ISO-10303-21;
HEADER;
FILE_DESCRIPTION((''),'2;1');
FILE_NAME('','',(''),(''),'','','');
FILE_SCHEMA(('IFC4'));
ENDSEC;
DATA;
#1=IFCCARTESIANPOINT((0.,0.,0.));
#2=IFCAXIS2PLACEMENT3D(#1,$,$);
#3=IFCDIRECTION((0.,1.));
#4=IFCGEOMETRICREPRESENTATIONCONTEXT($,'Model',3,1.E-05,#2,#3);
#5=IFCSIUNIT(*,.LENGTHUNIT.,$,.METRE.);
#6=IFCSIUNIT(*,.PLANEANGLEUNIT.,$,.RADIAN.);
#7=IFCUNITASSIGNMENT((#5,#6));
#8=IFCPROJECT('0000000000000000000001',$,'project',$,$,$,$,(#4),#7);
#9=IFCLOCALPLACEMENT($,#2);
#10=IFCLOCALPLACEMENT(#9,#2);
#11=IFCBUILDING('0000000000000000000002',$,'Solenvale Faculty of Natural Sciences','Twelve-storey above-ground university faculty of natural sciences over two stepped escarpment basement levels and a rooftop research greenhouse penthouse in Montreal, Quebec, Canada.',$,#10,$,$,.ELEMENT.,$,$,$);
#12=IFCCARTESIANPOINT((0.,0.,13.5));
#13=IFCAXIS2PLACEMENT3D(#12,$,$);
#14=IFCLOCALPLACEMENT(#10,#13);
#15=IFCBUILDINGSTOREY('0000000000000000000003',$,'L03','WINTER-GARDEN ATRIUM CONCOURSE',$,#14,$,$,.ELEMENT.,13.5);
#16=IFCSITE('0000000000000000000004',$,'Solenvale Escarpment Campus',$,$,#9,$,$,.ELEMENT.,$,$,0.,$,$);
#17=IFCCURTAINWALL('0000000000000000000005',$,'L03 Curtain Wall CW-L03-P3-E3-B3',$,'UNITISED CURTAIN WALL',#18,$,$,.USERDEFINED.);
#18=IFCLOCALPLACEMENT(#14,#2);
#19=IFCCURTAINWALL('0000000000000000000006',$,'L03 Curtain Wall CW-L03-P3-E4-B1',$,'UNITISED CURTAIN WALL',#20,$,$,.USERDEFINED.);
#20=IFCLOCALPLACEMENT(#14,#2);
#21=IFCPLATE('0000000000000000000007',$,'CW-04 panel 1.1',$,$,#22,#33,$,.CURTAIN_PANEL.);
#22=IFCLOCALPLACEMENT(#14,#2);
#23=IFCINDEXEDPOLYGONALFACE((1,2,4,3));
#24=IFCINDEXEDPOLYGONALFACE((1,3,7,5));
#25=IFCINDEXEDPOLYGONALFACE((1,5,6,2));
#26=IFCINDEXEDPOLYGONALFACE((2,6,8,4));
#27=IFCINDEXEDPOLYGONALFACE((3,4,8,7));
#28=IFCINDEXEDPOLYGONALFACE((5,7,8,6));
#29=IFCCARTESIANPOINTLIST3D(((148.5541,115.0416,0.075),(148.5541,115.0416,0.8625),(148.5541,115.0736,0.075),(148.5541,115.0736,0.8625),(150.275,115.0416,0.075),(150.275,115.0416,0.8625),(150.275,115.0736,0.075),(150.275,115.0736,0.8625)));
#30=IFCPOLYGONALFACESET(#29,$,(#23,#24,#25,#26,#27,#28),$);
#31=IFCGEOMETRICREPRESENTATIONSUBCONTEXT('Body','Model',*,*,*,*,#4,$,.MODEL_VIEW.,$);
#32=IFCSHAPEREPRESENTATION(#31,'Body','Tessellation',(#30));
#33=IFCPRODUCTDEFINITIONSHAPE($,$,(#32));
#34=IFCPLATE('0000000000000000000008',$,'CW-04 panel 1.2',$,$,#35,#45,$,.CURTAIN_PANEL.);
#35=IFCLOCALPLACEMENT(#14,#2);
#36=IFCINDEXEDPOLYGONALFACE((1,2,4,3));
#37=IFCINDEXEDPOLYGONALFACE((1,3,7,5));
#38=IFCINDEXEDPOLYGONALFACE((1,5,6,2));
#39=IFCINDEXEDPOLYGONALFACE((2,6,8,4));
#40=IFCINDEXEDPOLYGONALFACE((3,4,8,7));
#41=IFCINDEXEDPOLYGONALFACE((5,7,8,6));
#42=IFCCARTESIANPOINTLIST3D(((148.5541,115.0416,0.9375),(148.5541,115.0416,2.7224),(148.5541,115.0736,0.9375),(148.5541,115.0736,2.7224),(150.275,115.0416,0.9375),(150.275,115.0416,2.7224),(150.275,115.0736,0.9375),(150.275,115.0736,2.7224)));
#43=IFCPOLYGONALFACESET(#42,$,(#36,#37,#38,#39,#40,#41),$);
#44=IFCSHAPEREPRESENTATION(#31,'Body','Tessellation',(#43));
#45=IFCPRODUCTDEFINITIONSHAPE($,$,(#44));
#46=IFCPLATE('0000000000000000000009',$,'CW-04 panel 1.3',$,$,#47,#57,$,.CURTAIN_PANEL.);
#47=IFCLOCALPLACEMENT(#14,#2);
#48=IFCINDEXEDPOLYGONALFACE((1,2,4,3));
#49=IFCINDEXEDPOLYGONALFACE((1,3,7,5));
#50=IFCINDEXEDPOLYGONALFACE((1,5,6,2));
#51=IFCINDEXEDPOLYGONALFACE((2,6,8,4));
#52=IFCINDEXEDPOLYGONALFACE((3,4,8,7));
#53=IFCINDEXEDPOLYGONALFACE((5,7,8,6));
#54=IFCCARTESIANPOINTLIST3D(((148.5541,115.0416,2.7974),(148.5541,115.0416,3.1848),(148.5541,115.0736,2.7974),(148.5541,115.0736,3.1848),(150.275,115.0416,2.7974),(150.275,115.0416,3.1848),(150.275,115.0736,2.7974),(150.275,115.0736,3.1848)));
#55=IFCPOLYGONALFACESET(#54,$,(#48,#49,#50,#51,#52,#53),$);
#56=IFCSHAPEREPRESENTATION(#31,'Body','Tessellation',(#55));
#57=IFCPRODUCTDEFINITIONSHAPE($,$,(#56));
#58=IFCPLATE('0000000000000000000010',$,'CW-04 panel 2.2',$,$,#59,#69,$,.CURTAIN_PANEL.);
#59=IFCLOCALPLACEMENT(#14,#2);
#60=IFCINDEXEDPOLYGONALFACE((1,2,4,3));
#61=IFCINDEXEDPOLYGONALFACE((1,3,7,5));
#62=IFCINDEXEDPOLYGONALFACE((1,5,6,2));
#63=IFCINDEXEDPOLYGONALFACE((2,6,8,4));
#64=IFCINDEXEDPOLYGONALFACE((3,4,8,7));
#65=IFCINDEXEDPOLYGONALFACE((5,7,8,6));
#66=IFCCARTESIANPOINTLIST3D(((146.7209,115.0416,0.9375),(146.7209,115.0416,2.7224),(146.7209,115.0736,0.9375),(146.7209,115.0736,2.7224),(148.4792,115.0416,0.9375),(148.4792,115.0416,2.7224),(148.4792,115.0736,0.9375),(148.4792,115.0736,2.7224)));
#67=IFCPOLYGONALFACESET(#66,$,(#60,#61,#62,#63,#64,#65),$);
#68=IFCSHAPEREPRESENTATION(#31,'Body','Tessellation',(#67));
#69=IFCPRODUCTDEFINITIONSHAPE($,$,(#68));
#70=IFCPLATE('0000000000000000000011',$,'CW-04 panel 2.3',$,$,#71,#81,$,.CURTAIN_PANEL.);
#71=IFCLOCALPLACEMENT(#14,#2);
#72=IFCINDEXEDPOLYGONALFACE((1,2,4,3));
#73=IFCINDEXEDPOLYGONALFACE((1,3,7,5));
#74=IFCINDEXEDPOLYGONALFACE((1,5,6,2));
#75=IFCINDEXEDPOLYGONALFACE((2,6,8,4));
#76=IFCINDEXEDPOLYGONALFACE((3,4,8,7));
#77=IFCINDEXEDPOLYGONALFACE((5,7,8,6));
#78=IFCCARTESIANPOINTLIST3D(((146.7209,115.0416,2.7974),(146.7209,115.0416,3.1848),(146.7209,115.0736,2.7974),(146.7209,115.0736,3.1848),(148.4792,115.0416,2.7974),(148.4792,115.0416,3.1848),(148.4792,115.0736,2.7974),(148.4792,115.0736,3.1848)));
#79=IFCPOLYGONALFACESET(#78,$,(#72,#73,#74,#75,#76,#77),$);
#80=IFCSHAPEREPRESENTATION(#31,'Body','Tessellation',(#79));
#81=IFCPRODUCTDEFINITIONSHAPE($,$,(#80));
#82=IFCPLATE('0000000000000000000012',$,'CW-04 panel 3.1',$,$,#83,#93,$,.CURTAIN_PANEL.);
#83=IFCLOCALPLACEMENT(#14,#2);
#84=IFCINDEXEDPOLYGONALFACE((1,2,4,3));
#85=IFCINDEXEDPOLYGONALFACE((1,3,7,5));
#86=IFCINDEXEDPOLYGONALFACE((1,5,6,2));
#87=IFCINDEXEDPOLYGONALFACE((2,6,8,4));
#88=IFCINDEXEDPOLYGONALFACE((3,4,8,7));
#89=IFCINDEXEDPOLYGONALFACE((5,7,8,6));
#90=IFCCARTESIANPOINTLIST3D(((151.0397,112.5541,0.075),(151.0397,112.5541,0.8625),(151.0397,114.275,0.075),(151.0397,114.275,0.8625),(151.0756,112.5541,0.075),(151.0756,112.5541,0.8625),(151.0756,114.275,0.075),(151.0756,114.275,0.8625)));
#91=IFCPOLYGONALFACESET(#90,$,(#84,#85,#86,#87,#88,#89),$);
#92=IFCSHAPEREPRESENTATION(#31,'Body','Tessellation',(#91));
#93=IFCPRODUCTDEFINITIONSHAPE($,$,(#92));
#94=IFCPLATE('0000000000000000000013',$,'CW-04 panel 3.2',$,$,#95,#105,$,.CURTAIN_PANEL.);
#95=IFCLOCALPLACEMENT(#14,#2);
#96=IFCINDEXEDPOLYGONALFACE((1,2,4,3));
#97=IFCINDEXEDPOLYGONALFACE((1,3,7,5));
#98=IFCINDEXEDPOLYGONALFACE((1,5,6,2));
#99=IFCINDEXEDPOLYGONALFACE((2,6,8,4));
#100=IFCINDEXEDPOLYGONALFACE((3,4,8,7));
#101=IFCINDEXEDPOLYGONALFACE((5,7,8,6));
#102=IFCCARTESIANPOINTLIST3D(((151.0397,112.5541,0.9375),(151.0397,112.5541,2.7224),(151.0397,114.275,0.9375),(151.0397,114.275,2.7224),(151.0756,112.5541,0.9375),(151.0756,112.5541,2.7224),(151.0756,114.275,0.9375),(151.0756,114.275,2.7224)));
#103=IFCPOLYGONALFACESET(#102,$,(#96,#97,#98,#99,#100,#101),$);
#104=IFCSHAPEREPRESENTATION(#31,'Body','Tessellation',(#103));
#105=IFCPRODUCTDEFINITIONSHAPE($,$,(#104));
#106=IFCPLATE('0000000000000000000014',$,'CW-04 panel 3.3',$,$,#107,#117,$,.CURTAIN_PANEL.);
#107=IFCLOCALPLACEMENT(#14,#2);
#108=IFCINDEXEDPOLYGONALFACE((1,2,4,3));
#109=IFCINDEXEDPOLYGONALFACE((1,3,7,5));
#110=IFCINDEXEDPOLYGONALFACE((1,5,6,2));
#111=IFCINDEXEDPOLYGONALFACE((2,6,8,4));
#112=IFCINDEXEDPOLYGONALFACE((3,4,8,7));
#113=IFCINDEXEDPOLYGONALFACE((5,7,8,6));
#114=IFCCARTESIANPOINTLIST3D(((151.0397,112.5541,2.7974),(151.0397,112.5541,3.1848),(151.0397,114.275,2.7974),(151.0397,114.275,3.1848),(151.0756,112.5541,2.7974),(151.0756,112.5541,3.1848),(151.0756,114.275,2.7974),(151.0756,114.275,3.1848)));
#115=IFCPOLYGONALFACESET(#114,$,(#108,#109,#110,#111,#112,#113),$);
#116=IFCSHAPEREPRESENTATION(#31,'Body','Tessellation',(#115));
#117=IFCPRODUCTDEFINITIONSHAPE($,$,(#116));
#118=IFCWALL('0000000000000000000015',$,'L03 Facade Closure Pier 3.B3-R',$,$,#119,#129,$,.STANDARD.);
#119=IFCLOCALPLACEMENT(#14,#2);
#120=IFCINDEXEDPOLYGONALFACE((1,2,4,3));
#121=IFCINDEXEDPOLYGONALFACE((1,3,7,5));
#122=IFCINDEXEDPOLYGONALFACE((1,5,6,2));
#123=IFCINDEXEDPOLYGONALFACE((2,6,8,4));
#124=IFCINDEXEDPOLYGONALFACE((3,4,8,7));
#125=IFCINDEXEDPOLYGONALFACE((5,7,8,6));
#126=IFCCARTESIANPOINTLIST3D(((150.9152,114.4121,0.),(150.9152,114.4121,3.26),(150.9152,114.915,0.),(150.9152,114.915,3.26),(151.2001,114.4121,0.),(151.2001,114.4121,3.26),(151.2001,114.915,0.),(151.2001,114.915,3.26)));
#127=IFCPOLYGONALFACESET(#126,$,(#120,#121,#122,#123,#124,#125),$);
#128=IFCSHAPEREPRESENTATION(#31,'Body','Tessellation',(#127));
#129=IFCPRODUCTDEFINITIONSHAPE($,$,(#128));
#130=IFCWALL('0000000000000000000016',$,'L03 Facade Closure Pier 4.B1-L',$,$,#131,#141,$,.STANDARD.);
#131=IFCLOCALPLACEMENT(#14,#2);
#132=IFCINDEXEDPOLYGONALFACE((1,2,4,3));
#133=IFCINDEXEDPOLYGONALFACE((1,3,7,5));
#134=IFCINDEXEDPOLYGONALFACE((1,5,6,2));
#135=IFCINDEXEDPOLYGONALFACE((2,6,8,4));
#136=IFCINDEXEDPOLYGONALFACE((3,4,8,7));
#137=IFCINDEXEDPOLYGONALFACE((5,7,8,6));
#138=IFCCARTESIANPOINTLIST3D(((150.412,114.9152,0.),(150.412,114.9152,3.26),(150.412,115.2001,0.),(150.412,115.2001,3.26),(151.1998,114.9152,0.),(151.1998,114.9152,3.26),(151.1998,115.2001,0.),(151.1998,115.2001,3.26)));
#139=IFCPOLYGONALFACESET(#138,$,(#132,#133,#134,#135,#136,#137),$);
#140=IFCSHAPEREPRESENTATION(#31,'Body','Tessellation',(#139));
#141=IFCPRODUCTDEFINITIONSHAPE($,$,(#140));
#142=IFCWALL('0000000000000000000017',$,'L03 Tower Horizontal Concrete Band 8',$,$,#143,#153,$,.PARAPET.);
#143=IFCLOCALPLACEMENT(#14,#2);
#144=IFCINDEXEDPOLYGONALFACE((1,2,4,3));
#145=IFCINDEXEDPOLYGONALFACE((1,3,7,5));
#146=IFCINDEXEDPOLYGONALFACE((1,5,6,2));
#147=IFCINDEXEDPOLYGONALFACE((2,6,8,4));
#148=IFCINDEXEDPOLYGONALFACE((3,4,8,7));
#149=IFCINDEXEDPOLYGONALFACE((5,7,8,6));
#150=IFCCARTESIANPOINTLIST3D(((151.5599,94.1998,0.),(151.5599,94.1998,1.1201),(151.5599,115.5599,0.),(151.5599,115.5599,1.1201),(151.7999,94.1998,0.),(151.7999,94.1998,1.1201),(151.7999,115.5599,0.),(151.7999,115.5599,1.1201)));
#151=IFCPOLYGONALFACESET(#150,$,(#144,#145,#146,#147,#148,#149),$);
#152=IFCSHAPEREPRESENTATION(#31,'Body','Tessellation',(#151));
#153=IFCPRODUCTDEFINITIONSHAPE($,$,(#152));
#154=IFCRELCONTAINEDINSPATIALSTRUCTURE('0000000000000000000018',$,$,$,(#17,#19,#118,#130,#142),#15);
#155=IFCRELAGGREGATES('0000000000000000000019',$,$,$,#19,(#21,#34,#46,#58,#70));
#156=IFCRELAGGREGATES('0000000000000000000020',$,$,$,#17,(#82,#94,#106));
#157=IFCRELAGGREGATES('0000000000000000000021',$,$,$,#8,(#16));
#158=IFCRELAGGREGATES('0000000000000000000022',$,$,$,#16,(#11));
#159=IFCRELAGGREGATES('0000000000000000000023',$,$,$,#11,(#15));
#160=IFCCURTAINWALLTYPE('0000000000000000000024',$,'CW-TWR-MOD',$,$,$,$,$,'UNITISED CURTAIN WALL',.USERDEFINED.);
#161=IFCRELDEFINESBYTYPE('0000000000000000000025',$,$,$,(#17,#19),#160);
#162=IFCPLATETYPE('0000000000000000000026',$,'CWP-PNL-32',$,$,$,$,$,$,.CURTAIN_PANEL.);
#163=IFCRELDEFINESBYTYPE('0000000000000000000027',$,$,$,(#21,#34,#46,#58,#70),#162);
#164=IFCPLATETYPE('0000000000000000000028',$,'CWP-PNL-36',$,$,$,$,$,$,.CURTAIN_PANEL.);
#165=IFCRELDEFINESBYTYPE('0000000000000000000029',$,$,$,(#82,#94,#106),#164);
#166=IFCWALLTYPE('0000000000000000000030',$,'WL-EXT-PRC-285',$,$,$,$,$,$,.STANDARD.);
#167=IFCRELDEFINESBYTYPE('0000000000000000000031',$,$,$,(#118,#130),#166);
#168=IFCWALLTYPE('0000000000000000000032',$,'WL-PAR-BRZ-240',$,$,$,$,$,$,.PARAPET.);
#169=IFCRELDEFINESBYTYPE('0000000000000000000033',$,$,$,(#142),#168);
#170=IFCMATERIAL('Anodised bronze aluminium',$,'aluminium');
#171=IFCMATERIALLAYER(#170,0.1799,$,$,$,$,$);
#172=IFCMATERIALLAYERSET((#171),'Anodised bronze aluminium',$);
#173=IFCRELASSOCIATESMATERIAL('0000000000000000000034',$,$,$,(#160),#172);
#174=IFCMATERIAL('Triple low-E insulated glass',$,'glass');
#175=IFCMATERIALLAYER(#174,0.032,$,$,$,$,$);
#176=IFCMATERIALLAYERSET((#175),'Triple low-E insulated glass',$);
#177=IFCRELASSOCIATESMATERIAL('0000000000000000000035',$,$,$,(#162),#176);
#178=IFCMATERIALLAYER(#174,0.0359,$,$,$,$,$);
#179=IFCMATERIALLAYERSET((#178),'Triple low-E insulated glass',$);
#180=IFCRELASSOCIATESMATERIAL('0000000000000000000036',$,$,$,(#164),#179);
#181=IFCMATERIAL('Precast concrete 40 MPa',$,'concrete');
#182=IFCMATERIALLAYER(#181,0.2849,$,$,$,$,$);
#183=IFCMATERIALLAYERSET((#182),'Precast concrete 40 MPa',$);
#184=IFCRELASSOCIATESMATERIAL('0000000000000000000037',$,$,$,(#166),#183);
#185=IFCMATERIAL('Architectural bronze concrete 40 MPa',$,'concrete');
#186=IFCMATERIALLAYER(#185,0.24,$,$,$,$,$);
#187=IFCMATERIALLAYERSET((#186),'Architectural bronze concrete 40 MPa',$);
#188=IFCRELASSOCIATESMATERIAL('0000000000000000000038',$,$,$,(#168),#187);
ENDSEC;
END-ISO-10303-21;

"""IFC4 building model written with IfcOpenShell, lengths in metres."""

from ifc_helpers import new_model, si_unit, direction, frame, frame_2d, origin, origin_2d, place, context, subcontext, project, spatial, rectangle, extrude, material, layer, layer_set, type_object, element, aggregate, save


model = new_model("IFC4")

# Units and contexts
model_context = context("Model", 3, precision=1e-05, world=origin(), true_north=direction((0.0, 1.0)))
body_context = subcontext(model_context, "Body", "Model", "MODEL_VIEW")
ifc_project = project(units=[si_unit("LENGTHUNIT", "METRE"), si_unit("PLANEANGLEUNIT", "RADIAN")], contexts=[model_context])

# Site, building, storey
site_placement = place(None, origin())
site = spatial("IfcSite", under=ifc_project, at=site_placement, Name="Solenvale Escarpment Campus", CompositionType="ELEMENT", RefElevation=0.0)
building_placement = place(site_placement, origin())
building = spatial("IfcBuilding", under=site, at=building_placement, Name="Solenvale Faculty of Natural Sciences", Description="Twelve-storey above-ground university faculty of natural sciences over two stepped escarpment basement levels and a rooftop research greenhouse penthouse in Montreal, Quebec, Canada.", CompositionType="ELEMENT")
storey_placement = place(building_placement, frame((0.0, 0.0, 13.5)))
storey = spatial("IfcBuildingStorey", under=building, at=storey_placement, Name="L03", Description="WINTER-GARDEN ATRIUM CONCOURSE", CompositionType="ELEMENT", Elevation=13.5)

# Curtain wall
ifc_material_1 = material(Name="Anodised bronze aluminium", Category="aluminium")
ifc_layer_1 = layer(ifc_material_1, 0.1799)
ifc_layer_set_1 = layer_set([ifc_layer_1], Name="Anodised bronze aluminium")
curtain_wall_type = type_object("IfcCurtainWallType", Name="CW-TWR-MOD", ElementType="UNITISED CURTAIN WALL", PredefinedType="USERDEFINED", material=ifc_layer_set_1)
curtain_wall_1_placement = place(storey_placement, origin())
curtain_wall_1 = element("IfcCurtainWall", 1, at=curtain_wall_1_placement, inside=storey, type_object=curtain_wall_type, Name="L03 Curtain Wall CW-L03-P3-E3-B3", ObjectType="UNITISED CURTAIN WALL", PredefinedType="USERDEFINED")

# Curtain wall
curtain_wall_2_placement = place(storey_placement, origin())
curtain_wall_2 = element("IfcCurtainWall", 2, at=curtain_wall_2_placement, inside=storey, type_object=curtain_wall_type, Name="L03 Curtain Wall CW-L03-P3-E4-B1", ObjectType="UNITISED CURTAIN WALL", PredefinedType="USERDEFINED")

# Plates
ifc_material_2 = material(Name="Triple low-E insulated glass", Category="glass")
ifc_layer_2 = layer(ifc_material_2, 0.032)
ifc_layer_set_2 = layer_set([ifc_layer_2], Name="Triple low-E insulated glass")
plate_type_1 = type_object("IfcPlateType", Name="CWP-PNL-32", PredefinedType="CURTAIN_PANEL", material=ifc_layer_set_2)
plate_1_placement = place(storey_placement, frame((149.4146, 115.0576, 0.075), z_axis=(0.0, 0.0, 1.0), x_axis=(-1.0, 0.0, 0.0)))
plate_1 = element("IfcPlate", 3, at=plate_1_placement, type_object=plate_type_1, Name="CW-04 panel 1.1", PredefinedType="CURTAIN_PANEL", context=body_context, shape_type="SweptSolid", body=[
    extrude(rectangle(XDim=1.7209, YDim=0.032, at=origin_2d()), origin(), (0.0, 0.0, 1.0), 0.7876),
])
plate_2_placement = place(storey_placement, frame((149.4146, 115.0576, 0.9375), z_axis=(0.0, 0.0, 1.0), x_axis=(-1.0, 0.0, 0.0)))
plate_2 = element("IfcPlate", 4, at=plate_2_placement, type_object=plate_type_1, Name="CW-04 panel 1.2", PredefinedType="CURTAIN_PANEL", context=body_context, shape_type="SweptSolid", body=[
    extrude(rectangle(XDim=1.7209, YDim=0.032, at=origin_2d()), origin(), (0.0, 0.0, 1.0), 1.7849),
])
plate_3_placement = place(storey_placement, frame((149.4146, 115.0576, 2.7974), z_axis=(0.0, 0.0, 1.0), x_axis=(-1.0, 0.0, 0.0)))
plate_3 = element("IfcPlate", 5, at=plate_3_placement, type_object=plate_type_1, Name="CW-04 panel 1.3", PredefinedType="CURTAIN_PANEL", context=body_context, shape_type="SweptSolid", body=[
    extrude(rectangle(XDim=1.7209, YDim=0.032, at=origin_2d()), origin(), (0.0, 0.0, 1.0), 0.3875),
])
plate_4_placement = place(storey_placement, frame((147.6001, 115.0576, 0.9375), z_axis=(0.0, 0.0, 1.0), x_axis=(-1.0, 0.0, 0.0)))
plate_4 = element("IfcPlate", 6, at=plate_4_placement, type_object=plate_type_1, Name="CW-04 panel 2.2", PredefinedType="CURTAIN_PANEL", context=body_context, shape_type="SweptSolid", body=[
    extrude(rectangle(XDim=1.7583, YDim=0.032, at=origin_2d()), origin(), (0.0, 0.0, 1.0), 1.7849),
])
plate_5_placement = place(storey_placement, frame((147.6001, 115.0576, 2.7974), z_axis=(0.0, 0.0, 1.0), x_axis=(-1.0, 0.0, 0.0)))
plate_5 = element("IfcPlate", 7, at=plate_5_placement, type_object=plate_type_1, Name="CW-04 panel 2.3", PredefinedType="CURTAIN_PANEL", context=body_context, shape_type="SweptSolid", body=[
    extrude(rectangle(XDim=1.7583, YDim=0.032, at=origin_2d()), origin(), (0.0, 0.0, 1.0), 0.3875),
])
aggregate(curtain_wall_2, [plate_1, plate_2, plate_3, plate_4, plate_5])
ifc_layer_3 = layer(ifc_material_2, 0.0359)
ifc_layer_set_3 = layer_set([ifc_layer_3], Name="Triple low-E insulated glass")
plate_type_2 = type_object("IfcPlateType", Name="CWP-PNL-36", PredefinedType="CURTAIN_PANEL", material=ifc_layer_set_3)
plate_6_placement = place(storey_placement, frame((151.0576, 113.4146, 0.075), z_axis=(0.0, 0.0, 1.0), x_axis=(0.0, 1.0, 0.0)))
plate_6 = element("IfcPlate", 8, at=plate_6_placement, type_object=plate_type_2, Name="CW-04 panel 3.1", PredefinedType="CURTAIN_PANEL", context=body_context, shape_type="SweptSolid", body=[
    extrude(rectangle(XDim=1.7209, YDim=0.0359, at=origin_2d()), origin(), (0.0, 0.0, 1.0), 0.7876),
])
plate_7_placement = place(storey_placement, frame((151.0576, 113.4146, 0.9375), z_axis=(0.0, 0.0, 1.0), x_axis=(0.0, 1.0, 0.0)))
plate_7 = element("IfcPlate", 9, at=plate_7_placement, type_object=plate_type_2, Name="CW-04 panel 3.2", PredefinedType="CURTAIN_PANEL", context=body_context, shape_type="SweptSolid", body=[
    extrude(rectangle(XDim=1.7209, YDim=0.0359, at=origin_2d()), origin(), (0.0, 0.0, 1.0), 1.7849),
])
plate_8_placement = place(storey_placement, frame((151.0576, 113.4146, 2.7974), z_axis=(0.0, 0.0, 1.0), x_axis=(0.0, 1.0, 0.0)))
plate_8 = element("IfcPlate", 10, at=plate_8_placement, type_object=plate_type_2, Name="CW-04 panel 3.3", PredefinedType="CURTAIN_PANEL", context=body_context, shape_type="SweptSolid", body=[
    extrude(rectangle(XDim=1.7209, YDim=0.0359, at=origin_2d()), origin(), (0.0, 0.0, 1.0), 0.3875),
])
aggregate(curtain_wall_1, [plate_6, plate_7, plate_8])

# Walls
ifc_material_3 = material(Name="Precast concrete 40 MPa", Category="concrete")
ifc_layer_4 = layer(ifc_material_3, 0.2849)
ifc_layer_set_4 = layer_set([ifc_layer_4], Name="Precast concrete 40 MPa")
wall_type_1 = type_object("IfcWallType", Name="WL-EXT-PRC-285", PredefinedType="STANDARD", material=ifc_layer_set_4)
wall_1_placement = place(storey_placement, frame((151.0576, 114.4121, 0.0), z_axis=(0.0, 0.0, 1.0), x_axis=(0.0, 1.0, 0.0)))
element("IfcWall", 11, at=wall_1_placement, inside=storey, type_object=wall_type_1, Name="L03 Facade Closure Pier 3.B3-R", PredefinedType="STANDARD", context=body_context, shape_type="SweptSolid", body=[
    extrude(rectangle(XDim=0.5029, YDim=0.2849, at=frame_2d((0.2515, 0.0))), origin(), (0.0, 0.0, 1.0), 3.26),
])
wall_2_placement = place(storey_placement, frame((151.2, 115.0576, 0.0), z_axis=(0.0, 0.0, 1.0), x_axis=(-1.0, 0.0, 0.0)))
element("IfcWall", 12, at=wall_2_placement, inside=storey, type_object=wall_type_1, Name="L03 Facade Closure Pier 4.B1-L", PredefinedType="STANDARD", context=body_context, shape_type="SweptSolid", body=[
    extrude(rectangle(XDim=0.7878, YDim=0.2849, at=frame_2d((0.394, 0.0))), origin(), (0.0, 0.0, 1.0), 3.26),
])
ifc_material_4 = material(Name="Architectural bronze concrete 40 MPa", Category="concrete")
ifc_layer_5 = layer(ifc_material_4, 0.24)
ifc_layer_set_5 = layer_set([ifc_layer_5], Name="Architectural bronze concrete 40 MPa")
wall_type_2 = type_object("IfcWallType", Name="WL-PAR-BRZ-240", PredefinedType="PARAPET", material=ifc_layer_set_5)
wall_3_placement = place(storey_placement, frame((151.6799, 115.5601, 0.0), z_axis=(0.0, 0.0, 1.0), x_axis=(0.0, -1.0, 0.0)))
element("IfcWall", 13, at=wall_3_placement, inside=storey, type_object=wall_type_2, Name="L03 Tower Horizontal Concrete Band 8", PredefinedType="PARAPET", context=body_context, shape_type="SweptSolid", body=[
    extrude(rectangle(XDim=21.3601, YDim=0.24, at=frame_2d((10.6802, 0.0))), origin(), (0.0, 0.0, 1.0), 1.1201),
])

save(model, "model.ifc")
